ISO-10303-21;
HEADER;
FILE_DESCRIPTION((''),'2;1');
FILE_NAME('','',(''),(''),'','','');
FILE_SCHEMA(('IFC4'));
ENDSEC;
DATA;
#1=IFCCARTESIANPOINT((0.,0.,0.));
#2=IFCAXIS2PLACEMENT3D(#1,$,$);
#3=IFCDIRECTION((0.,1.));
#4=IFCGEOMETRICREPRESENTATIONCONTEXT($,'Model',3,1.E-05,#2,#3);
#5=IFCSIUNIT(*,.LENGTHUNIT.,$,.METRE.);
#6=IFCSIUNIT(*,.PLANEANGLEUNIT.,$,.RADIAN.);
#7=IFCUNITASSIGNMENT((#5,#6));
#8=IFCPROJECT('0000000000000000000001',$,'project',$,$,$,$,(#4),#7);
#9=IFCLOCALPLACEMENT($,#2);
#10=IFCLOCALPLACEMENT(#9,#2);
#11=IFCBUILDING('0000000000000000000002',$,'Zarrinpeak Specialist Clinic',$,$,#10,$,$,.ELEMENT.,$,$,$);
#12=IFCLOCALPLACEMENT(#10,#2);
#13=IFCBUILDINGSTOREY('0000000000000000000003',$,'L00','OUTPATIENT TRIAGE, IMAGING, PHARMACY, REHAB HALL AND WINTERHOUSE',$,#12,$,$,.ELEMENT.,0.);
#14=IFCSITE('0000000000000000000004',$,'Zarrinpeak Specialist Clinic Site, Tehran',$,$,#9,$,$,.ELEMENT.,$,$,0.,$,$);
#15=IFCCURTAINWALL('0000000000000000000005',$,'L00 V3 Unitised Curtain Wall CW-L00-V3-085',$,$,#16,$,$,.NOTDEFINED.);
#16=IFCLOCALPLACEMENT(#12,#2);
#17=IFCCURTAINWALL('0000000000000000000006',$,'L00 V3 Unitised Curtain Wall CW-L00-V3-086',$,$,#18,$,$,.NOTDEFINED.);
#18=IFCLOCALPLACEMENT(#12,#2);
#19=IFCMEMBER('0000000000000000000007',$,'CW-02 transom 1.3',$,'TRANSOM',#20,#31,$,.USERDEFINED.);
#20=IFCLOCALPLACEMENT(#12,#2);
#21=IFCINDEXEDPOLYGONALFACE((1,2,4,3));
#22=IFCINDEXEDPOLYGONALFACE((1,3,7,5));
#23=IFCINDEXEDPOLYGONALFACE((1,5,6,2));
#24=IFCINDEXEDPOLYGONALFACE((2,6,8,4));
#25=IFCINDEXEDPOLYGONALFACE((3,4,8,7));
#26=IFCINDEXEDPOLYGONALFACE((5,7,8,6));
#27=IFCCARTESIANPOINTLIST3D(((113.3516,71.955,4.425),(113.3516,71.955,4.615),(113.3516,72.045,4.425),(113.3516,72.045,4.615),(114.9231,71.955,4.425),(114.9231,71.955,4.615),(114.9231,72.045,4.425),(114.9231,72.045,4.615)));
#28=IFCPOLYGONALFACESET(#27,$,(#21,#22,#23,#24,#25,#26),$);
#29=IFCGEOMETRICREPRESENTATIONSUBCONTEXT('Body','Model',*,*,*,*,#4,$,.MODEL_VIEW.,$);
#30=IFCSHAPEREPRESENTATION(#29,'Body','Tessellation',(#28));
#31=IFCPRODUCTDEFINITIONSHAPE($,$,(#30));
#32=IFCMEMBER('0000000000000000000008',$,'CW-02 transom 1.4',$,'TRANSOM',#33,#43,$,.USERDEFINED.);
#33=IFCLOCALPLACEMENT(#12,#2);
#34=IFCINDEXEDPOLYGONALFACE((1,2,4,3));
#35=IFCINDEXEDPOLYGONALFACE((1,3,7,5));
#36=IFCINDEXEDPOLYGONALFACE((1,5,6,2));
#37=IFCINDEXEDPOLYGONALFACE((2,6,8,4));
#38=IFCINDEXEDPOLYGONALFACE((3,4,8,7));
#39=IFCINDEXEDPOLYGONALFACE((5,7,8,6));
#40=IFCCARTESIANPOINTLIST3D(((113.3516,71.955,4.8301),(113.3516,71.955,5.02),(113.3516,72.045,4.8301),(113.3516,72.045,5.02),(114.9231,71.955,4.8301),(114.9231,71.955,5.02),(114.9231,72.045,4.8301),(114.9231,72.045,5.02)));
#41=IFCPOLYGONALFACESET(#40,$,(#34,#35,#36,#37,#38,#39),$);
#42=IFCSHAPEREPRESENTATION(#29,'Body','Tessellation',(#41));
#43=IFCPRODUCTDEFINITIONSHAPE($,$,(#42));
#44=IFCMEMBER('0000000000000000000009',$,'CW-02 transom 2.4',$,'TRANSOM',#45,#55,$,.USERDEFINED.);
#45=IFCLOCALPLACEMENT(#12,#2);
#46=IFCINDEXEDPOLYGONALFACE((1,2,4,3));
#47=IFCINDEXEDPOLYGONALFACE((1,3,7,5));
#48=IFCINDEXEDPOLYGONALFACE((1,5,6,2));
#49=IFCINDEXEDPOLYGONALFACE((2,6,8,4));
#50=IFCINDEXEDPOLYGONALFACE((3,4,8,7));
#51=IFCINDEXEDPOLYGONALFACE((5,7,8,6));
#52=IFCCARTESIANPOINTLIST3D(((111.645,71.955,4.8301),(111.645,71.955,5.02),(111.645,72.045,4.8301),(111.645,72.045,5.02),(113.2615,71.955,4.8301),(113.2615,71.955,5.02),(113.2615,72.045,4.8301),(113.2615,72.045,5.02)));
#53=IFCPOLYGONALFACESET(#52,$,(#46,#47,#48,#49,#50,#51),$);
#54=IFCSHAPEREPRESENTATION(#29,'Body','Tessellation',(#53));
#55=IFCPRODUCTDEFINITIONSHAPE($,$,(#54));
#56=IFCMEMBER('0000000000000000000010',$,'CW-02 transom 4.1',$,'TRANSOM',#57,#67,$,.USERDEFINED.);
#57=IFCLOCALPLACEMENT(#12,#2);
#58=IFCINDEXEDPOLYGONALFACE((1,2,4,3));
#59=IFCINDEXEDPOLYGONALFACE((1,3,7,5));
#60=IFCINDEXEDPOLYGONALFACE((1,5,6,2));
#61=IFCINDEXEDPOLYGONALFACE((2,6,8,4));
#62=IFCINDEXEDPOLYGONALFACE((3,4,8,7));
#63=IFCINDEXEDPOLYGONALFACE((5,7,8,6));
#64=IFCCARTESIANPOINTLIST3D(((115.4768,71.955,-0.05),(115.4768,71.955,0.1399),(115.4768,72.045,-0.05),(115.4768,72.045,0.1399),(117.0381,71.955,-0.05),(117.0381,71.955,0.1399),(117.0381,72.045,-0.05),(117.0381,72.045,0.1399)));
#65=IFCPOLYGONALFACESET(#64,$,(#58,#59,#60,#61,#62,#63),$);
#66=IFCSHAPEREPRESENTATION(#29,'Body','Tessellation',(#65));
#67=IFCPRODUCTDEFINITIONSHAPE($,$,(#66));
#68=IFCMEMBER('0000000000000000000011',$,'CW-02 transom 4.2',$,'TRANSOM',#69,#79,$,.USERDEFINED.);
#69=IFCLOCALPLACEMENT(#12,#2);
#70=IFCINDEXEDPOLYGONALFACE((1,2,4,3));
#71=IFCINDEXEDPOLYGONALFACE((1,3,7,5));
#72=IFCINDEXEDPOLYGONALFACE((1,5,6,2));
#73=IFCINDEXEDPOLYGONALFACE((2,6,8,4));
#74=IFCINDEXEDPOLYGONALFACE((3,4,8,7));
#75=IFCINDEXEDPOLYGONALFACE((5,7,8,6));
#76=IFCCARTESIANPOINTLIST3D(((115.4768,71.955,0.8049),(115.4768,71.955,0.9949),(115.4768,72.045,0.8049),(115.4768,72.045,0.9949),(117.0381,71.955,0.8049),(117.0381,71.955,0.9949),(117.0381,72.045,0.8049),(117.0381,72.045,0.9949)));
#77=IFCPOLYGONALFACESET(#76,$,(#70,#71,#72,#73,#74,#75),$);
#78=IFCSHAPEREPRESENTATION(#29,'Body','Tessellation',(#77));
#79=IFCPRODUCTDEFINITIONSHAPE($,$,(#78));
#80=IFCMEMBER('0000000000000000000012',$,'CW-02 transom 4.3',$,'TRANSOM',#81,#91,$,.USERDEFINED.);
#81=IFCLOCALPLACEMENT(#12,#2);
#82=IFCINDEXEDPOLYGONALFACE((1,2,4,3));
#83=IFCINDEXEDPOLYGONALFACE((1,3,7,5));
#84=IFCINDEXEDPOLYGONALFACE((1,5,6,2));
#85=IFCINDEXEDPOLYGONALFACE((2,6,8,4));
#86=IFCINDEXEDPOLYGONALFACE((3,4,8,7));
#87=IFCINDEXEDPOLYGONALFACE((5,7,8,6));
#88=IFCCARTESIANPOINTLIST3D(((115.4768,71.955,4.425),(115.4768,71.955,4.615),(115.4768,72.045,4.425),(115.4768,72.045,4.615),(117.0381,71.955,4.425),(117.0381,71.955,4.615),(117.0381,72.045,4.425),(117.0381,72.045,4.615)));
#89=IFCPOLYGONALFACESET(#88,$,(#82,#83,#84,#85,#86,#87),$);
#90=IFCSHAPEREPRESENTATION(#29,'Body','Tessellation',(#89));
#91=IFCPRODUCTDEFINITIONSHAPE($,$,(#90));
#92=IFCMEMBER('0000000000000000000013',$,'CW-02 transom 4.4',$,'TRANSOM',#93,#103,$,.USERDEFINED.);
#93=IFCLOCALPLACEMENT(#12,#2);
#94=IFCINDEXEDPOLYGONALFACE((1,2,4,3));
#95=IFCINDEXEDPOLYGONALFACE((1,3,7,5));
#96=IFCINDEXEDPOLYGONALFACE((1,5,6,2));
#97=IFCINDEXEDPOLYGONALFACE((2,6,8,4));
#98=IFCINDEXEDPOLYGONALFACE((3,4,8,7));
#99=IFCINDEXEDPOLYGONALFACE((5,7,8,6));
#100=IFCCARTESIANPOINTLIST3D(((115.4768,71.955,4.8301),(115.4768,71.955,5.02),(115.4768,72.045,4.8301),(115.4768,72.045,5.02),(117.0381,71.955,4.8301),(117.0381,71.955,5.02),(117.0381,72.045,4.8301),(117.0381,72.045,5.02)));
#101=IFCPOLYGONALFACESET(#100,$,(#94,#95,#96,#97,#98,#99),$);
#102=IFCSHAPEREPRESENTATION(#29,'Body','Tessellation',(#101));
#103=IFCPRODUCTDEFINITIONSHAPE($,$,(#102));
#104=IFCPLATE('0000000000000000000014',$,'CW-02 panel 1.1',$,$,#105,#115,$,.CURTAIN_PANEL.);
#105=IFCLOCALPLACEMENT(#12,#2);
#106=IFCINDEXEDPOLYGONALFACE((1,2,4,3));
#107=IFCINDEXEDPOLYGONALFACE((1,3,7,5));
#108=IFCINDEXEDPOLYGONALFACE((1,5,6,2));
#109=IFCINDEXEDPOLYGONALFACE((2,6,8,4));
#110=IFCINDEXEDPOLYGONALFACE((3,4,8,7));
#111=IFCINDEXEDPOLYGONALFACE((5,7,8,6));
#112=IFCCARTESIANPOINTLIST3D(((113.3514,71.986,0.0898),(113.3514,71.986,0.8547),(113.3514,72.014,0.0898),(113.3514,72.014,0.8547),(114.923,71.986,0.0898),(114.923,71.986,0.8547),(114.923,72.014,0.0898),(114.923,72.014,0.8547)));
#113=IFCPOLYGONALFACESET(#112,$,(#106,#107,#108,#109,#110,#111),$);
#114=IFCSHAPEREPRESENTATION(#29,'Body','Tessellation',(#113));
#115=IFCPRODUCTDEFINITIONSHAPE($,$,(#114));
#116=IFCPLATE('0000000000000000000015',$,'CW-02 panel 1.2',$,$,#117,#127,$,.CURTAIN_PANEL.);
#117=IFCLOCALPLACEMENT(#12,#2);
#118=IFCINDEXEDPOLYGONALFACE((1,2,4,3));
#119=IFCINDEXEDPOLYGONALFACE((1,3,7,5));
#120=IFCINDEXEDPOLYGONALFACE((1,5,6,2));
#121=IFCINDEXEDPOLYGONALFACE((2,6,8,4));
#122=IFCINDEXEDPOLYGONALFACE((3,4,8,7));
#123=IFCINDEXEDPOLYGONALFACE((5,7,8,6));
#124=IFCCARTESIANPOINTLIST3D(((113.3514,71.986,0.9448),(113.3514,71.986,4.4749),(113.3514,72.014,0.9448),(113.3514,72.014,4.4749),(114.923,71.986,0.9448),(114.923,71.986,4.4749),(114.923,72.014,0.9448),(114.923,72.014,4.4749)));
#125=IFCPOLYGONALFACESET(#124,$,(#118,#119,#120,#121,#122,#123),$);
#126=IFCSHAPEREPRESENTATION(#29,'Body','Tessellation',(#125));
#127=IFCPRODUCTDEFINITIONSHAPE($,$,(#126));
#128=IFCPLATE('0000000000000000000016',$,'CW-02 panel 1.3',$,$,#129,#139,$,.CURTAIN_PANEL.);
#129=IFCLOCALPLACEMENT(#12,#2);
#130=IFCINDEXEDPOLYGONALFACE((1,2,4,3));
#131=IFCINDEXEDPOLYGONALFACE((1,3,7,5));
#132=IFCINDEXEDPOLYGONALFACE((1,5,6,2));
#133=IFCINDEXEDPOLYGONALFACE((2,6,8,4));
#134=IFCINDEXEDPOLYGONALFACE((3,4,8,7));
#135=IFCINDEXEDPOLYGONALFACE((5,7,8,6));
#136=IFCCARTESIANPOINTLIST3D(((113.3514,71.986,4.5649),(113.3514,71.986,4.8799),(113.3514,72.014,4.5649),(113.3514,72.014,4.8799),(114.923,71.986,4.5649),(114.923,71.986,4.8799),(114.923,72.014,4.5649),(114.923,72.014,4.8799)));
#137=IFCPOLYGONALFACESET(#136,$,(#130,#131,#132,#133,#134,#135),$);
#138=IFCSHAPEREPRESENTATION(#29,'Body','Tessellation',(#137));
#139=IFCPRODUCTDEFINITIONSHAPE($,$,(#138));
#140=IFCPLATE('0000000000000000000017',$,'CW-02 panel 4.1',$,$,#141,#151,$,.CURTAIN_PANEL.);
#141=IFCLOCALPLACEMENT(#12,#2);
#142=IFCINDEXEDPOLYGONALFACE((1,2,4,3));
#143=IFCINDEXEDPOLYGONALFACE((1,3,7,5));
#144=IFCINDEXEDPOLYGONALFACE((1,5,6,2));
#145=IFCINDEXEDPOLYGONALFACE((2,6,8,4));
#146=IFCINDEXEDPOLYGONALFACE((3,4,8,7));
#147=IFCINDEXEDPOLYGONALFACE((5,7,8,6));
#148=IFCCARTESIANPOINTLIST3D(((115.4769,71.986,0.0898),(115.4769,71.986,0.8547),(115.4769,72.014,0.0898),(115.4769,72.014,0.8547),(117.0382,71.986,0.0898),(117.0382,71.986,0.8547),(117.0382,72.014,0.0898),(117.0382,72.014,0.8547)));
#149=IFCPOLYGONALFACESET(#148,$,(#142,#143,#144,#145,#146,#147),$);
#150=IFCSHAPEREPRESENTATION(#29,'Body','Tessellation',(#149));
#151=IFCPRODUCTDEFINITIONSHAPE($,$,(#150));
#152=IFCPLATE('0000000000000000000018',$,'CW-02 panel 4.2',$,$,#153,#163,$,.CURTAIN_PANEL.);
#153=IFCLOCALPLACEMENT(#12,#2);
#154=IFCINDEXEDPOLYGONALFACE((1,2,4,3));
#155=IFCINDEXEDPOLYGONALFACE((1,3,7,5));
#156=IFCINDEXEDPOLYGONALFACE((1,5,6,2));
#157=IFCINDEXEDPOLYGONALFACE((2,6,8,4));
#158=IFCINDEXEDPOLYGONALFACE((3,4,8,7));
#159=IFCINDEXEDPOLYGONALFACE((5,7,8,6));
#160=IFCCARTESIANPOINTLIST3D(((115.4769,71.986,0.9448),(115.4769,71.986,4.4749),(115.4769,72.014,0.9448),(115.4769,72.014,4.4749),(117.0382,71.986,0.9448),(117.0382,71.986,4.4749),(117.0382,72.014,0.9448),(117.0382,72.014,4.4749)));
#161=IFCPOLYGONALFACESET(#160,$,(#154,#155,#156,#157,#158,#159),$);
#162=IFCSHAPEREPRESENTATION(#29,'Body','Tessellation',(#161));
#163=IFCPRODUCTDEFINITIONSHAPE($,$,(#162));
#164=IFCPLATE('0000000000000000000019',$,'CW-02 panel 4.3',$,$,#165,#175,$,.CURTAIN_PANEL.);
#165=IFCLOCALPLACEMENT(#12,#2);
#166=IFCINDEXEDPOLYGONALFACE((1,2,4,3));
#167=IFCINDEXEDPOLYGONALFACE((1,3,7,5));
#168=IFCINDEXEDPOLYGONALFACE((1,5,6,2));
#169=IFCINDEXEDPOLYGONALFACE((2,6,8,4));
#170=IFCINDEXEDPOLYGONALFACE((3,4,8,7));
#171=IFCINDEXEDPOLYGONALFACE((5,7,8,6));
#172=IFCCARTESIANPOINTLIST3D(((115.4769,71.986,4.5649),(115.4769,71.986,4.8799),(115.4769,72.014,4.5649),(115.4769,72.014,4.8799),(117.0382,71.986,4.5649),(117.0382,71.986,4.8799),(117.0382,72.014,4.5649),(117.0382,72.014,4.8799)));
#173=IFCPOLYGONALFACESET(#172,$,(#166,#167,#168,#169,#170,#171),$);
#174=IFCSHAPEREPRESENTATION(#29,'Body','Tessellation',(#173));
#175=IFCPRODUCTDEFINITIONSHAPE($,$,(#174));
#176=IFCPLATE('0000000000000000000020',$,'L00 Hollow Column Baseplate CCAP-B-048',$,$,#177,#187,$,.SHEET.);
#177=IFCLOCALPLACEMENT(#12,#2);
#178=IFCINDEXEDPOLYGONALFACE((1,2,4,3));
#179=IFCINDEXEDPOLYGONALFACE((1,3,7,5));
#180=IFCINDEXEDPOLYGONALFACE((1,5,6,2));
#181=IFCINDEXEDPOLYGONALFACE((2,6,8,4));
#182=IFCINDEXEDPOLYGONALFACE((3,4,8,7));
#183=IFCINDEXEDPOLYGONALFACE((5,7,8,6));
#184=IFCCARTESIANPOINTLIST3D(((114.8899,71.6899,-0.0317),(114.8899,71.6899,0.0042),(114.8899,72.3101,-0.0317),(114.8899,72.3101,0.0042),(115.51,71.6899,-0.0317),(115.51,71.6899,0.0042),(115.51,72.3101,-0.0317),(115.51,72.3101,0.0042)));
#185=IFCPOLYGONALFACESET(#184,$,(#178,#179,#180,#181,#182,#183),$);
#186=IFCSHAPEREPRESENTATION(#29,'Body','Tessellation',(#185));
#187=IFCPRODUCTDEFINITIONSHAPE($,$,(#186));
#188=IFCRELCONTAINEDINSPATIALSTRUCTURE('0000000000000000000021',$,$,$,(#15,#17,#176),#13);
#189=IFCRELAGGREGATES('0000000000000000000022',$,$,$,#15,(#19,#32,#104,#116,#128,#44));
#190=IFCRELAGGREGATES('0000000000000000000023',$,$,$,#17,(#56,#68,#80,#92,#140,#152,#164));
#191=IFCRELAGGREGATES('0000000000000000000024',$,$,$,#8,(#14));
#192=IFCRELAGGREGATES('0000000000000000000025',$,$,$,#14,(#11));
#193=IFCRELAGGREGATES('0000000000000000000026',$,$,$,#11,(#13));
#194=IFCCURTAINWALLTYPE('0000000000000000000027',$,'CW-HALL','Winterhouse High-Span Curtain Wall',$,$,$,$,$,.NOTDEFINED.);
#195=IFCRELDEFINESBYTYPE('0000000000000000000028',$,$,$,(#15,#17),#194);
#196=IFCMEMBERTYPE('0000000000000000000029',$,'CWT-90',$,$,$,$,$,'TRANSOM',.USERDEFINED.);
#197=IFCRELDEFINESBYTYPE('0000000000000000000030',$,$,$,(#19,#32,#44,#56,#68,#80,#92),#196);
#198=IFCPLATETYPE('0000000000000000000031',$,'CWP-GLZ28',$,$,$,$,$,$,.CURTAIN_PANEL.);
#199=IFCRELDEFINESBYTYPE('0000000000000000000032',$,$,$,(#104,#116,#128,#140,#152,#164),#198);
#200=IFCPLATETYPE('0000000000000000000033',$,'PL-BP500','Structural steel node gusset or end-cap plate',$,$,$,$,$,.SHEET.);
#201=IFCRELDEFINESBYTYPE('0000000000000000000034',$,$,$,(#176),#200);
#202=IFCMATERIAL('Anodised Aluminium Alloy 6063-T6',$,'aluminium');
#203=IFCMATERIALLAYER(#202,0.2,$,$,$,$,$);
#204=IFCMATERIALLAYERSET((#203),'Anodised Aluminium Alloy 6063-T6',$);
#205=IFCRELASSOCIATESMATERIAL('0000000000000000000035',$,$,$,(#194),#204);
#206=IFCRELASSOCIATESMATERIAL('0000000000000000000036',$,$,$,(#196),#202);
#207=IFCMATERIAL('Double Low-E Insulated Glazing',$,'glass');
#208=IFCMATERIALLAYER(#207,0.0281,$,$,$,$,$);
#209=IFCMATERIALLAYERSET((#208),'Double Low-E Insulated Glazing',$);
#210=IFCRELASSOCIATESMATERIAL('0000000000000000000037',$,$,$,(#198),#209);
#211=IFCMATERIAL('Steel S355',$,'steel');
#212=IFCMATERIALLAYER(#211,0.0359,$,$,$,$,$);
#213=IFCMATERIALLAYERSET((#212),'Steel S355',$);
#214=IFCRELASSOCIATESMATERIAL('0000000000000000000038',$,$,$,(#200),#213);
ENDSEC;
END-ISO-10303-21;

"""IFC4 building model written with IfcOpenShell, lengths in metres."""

from ifc_helpers import new_model, si_unit, direction, frame, origin, origin_2d, place, context, subcontext, project, spatial, rectangle, extrude, material, layer, layer_set, material_profile, profile_set, type_object, element, aggregate, save


model = new_model("IFC4")

# Units and contexts
model_context = context("Model", 3, precision=1e-05, world=origin(), true_north=direction((0.0, 1.0)))
body_context = subcontext(model_context, "Body", "Model", "MODEL_VIEW")
ifc_project = project(units=[si_unit("LENGTHUNIT", "METRE"), si_unit("PLANEANGLEUNIT", "RADIAN")], contexts=[model_context])

# Site, building, storey
site_placement = place(None, origin())
site = spatial("IfcSite", under=ifc_project, at=site_placement, Name="Zarrinpeak Specialist Clinic Site, Tehran", CompositionType="ELEMENT", RefElevation=0.0)
building_placement = place(site_placement, origin())
building = spatial("IfcBuilding", under=site, at=building_placement, Name="Zarrinpeak Specialist Clinic", CompositionType="ELEMENT")
storey_placement = place(building_placement, origin())
storey = spatial("IfcBuildingStorey", under=building, at=storey_placement, Name="L00", Description="OUTPATIENT TRIAGE, IMAGING, PHARMACY, REHAB HALL AND WINTERHOUSE", CompositionType="ELEMENT", Elevation=0.0)

# Shared definitions
ifc_material_1 = material(Name="Steel S355", Category="steel")

# Curtain walls
ifc_material_2 = material(Name="Anodised Aluminium Alloy 6063-T6", Category="aluminium")
ifc_layer_1 = layer(ifc_material_2, 0.2)
ifc_layer_set_1 = layer_set([ifc_layer_1], Name="Anodised Aluminium Alloy 6063-T6")
curtain_wall_type = type_object("IfcCurtainWallType", Name="CW-HALL", Description="Winterhouse High-Span Curtain Wall", PredefinedType="NOTDEFINED", material=ifc_layer_set_1)
curtain_wall_1_placement = place(storey_placement, origin())
curtain_wall_1 = element("IfcCurtainWall", 1, at=curtain_wall_1_placement, inside=storey, type_object=curtain_wall_type, Name="L00 V3 Unitised Curtain Wall CW-L00-V3-085", PredefinedType="NOTDEFINED")
curtain_wall_2_placement = place(storey_placement, origin())
curtain_wall_2 = element("IfcCurtainWall", 2, at=curtain_wall_2_placement, inside=storey, type_object=curtain_wall_type, Name="L00 V3 Unitised Curtain Wall CW-L00-V3-086", PredefinedType="NOTDEFINED")

# Members
ifc_material_profile_1 = material_profile(ifc_material_2, rectangle(XDim=0.0901, YDim=0.1899, at=origin_2d()), Name="ALU 90x190")
ifc_profile_set_1 = profile_set([ifc_material_profile_1], Name="Anodised Aluminium Alloy 6063-T6")
member_type_1 = type_object("IfcMemberType", Name="CWT-90", ElementType="TRANSOM", PredefinedType="USERDEFINED", material=ifc_profile_set_1)
member_1_placement = place(storey_placement, frame((114.9231, 72.0, 4.52), z_axis=(-1.0, 0.0, 0.0), x_axis=(0.0, -1.0, 0.0)))
member_1 = element("IfcMember", 3, at=member_1_placement, type_object=member_type_1, Name="CW-02 transom 1.3", ObjectType="TRANSOM", PredefinedType="USERDEFINED", context=body_context, shape_type="SweptSolid", body=[
    extrude(rectangle(XDim=0.0901, YDim=0.1899, at=origin_2d()), origin(), (0.0, 0.0, 1.0), 1.5715),
])
member_2_placement = place(storey_placement, frame((114.9231, 72.0, 4.925), z_axis=(-1.0, 0.0, 0.0), x_axis=(0.0, -1.0, 0.0)))
member_2 = element("IfcMember", 4, at=member_2_placement, type_object=member_type_1, Name="CW-02 transom 1.4", ObjectType="TRANSOM", PredefinedType="USERDEFINED", context=body_context, shape_type="SweptSolid", body=[
    extrude(rectangle(XDim=0.0901, YDim=0.1899, at=origin_2d()), origin(), (0.0, 0.0, 1.0), 1.5715),
])
member_3_placement = place(storey_placement, frame((113.2615, 72.0, 4.925), z_axis=(-1.0, 0.0, 0.0), x_axis=(0.0, -1.0, 0.0)))
member_3 = element("IfcMember", 5, at=member_3_placement, type_object=member_type_1, Name="CW-02 transom 2.4", ObjectType="TRANSOM", PredefinedType="USERDEFINED", context=body_context, shape_type="SweptSolid", body=[
    extrude(rectangle(XDim=0.0901, YDim=0.1899, at=origin_2d()), origin(), (0.0, 0.0, 1.0), 1.6165),
])
member_4_placement = place(storey_placement, frame((117.0381, 72.0, 0.0449), z_axis=(-1.0, 0.0, 0.0), x_axis=(0.0, -1.0, 0.0)))
member_4 = element("IfcMember", 6, at=member_4_placement, type_object=member_type_1, Name="CW-02 transom 4.1", ObjectType="TRANSOM", PredefinedType="USERDEFINED", context=body_context, shape_type="SweptSolid", body=[
    extrude(rectangle(XDim=0.0901, YDim=0.1899, at=origin_2d()), origin(), (0.0, 0.0, 1.0), 1.5613),
])
member_5_placement = place(storey_placement, frame((117.0381, 72.0, 0.8999), z_axis=(-1.0, 0.0, 0.0), x_axis=(0.0, -1.0, 0.0)))
member_5 = element("IfcMember", 7, at=member_5_placement, type_object=member_type_1, Name="CW-02 transom 4.2", ObjectType="TRANSOM", PredefinedType="USERDEFINED", context=body_context, shape_type="SweptSolid", body=[
    extrude(rectangle(XDim=0.0901, YDim=0.1899, at=origin_2d()), origin(), (0.0, 0.0, 1.0), 1.5613),
])
member_6_placement = place(storey_placement, frame((117.0381, 72.0, 4.52), z_axis=(-1.0, 0.0, 0.0), x_axis=(0.0, -1.0, 0.0)))
member_6 = element("IfcMember", 8, at=member_6_placement, type_object=member_type_1, Name="CW-02 transom 4.3", ObjectType="TRANSOM", PredefinedType="USERDEFINED", context=body_context, shape_type="SweptSolid", body=[
    extrude(rectangle(XDim=0.0901, YDim=0.1899, at=origin_2d()), origin(), (0.0, 0.0, 1.0), 1.5613),
])
member_7_placement = place(storey_placement, frame((117.0381, 72.0, 4.925), z_axis=(-1.0, 0.0, 0.0), x_axis=(0.0, -1.0, 0.0)))
member_7 = element("IfcMember", 9, at=member_7_placement, type_object=member_type_1, Name="CW-02 transom 4.4", ObjectType="TRANSOM", PredefinedType="USERDEFINED", context=body_context, shape_type="SweptSolid", body=[
    extrude(rectangle(XDim=0.0901, YDim=0.1899, at=origin_2d()), origin(), (0.0, 0.0, 1.0), 1.5613),
])

# Plates
ifc_material_3 = material(Name="Double Low-E Insulated Glazing", Category="glass")
ifc_layer_2 = layer(ifc_material_3, 0.0281)
ifc_layer_set_2 = layer_set([ifc_layer_2], Name="Double Low-E Insulated Glazing")
plate_type_1 = type_object("IfcPlateType", Name="CWP-GLZ28", PredefinedType="CURTAIN_PANEL", material=ifc_layer_set_2)
plate_1_placement = place(storey_placement, frame((114.1372, 72.0, 0.0898), z_axis=(0.0, 0.0, 1.0), x_axis=(-1.0, 0.0, 0.0)))
plate_1 = element("IfcPlate", 10, at=plate_1_placement, type_object=plate_type_1, Name="CW-02 panel 1.1", PredefinedType="CURTAIN_PANEL", context=body_context, shape_type="SweptSolid", body=[
    extrude(rectangle(XDim=1.5715, YDim=0.0281, at=origin_2d()), origin(), (0.0, 0.0, 1.0), 0.7649),
])
plate_2_placement = place(storey_placement, frame((114.1372, 72.0, 0.9448), z_axis=(0.0, 0.0, 1.0), x_axis=(-1.0, 0.0, 0.0)))
plate_2 = element("IfcPlate", 11, at=plate_2_placement, type_object=plate_type_1, Name="CW-02 panel 1.2", PredefinedType="CURTAIN_PANEL", context=body_context, shape_type="SweptSolid", body=[
    extrude(rectangle(XDim=1.5715, YDim=0.0281, at=origin_2d()), origin(), (0.0, 0.0, 1.0), 3.53),
])
plate_3_placement = place(storey_placement, frame((114.1372, 72.0, 4.5649), z_axis=(0.0, 0.0, 1.0), x_axis=(-1.0, 0.0, 0.0)))
plate_3 = element("IfcPlate", 12, at=plate_3_placement, type_object=plate_type_1, Name="CW-02 panel 1.3", PredefinedType="CURTAIN_PANEL", context=body_context, shape_type="SweptSolid", body=[
    extrude(rectangle(XDim=1.5715, YDim=0.0281, at=origin_2d()), origin(), (0.0, 0.0, 1.0), 0.3149),
])
aggregate(curtain_wall_1, [member_1, member_2, plate_1, plate_2, plate_3, member_3])
plate_4_placement = place(storey_placement, frame((116.2576, 72.0, 0.0898), z_axis=(0.0, 0.0, 1.0), x_axis=(-1.0, 0.0, 0.0)))
plate_4 = element("IfcPlate", 13, at=plate_4_placement, type_object=plate_type_1, Name="CW-02 panel 4.1", PredefinedType="CURTAIN_PANEL", context=body_context, shape_type="SweptSolid", body=[
    extrude(rectangle(XDim=1.5613, YDim=0.0281, at=origin_2d()), origin(), (0.0, 0.0, 1.0), 0.7649),
])
plate_5_placement = place(storey_placement, frame((116.2576, 72.0, 0.9448), z_axis=(0.0, 0.0, 1.0), x_axis=(-1.0, 0.0, 0.0)))
plate_5 = element("IfcPlate", 14, at=plate_5_placement, type_object=plate_type_1, Name="CW-02 panel 4.2", PredefinedType="CURTAIN_PANEL", context=body_context, shape_type="SweptSolid", body=[
    extrude(rectangle(XDim=1.5613, YDim=0.0281, at=origin_2d()), origin(), (0.0, 0.0, 1.0), 3.53),
])
plate_6_placement = place(storey_placement, frame((116.2576, 72.0, 4.5649), z_axis=(0.0, 0.0, 1.0), x_axis=(-1.0, 0.0, 0.0)))
plate_6 = element("IfcPlate", 15, at=plate_6_placement, type_object=plate_type_1, Name="CW-02 panel 4.3", PredefinedType="CURTAIN_PANEL", context=body_context, shape_type="SweptSolid", body=[
    extrude(rectangle(XDim=1.5613, YDim=0.0281, at=origin_2d()), origin(), (0.0, 0.0, 1.0), 0.3149),
])
aggregate(curtain_wall_2, [member_4, member_5, member_6, member_7, plate_4, plate_5, plate_6])

# Plate
ifc_layer_3 = layer(ifc_material_1, 0.0359)
ifc_layer_set_3 = layer_set([ifc_layer_3], Name="Steel S355")
plate_type_2 = type_object("IfcPlateType", Name="PL-BP500", Description="Structural steel node gusset or end-cap plate", PredefinedType="SHEET", material=ifc_layer_set_3)
plate_7_placement = place(storey_placement, frame((115.2, 72.0, -0.0317), z_axis=(0.0, 0.0, 1.0), x_axis=(1.0, 0.0, 0.0)))
element("IfcPlate", 16, at=plate_7_placement, inside=storey, type_object=plate_type_2, Name="L00 Hollow Column Baseplate CCAP-B-048", PredefinedType="SHEET", context=body_context, shape_type="SweptSolid", body=[
    extrude(rectangle(XDim=0.6201, YDim=0.6201, at=origin_2d()), origin(), (0.0, 0.0, 1.0), 0.0359),
])

save(model, "model.ifc")
